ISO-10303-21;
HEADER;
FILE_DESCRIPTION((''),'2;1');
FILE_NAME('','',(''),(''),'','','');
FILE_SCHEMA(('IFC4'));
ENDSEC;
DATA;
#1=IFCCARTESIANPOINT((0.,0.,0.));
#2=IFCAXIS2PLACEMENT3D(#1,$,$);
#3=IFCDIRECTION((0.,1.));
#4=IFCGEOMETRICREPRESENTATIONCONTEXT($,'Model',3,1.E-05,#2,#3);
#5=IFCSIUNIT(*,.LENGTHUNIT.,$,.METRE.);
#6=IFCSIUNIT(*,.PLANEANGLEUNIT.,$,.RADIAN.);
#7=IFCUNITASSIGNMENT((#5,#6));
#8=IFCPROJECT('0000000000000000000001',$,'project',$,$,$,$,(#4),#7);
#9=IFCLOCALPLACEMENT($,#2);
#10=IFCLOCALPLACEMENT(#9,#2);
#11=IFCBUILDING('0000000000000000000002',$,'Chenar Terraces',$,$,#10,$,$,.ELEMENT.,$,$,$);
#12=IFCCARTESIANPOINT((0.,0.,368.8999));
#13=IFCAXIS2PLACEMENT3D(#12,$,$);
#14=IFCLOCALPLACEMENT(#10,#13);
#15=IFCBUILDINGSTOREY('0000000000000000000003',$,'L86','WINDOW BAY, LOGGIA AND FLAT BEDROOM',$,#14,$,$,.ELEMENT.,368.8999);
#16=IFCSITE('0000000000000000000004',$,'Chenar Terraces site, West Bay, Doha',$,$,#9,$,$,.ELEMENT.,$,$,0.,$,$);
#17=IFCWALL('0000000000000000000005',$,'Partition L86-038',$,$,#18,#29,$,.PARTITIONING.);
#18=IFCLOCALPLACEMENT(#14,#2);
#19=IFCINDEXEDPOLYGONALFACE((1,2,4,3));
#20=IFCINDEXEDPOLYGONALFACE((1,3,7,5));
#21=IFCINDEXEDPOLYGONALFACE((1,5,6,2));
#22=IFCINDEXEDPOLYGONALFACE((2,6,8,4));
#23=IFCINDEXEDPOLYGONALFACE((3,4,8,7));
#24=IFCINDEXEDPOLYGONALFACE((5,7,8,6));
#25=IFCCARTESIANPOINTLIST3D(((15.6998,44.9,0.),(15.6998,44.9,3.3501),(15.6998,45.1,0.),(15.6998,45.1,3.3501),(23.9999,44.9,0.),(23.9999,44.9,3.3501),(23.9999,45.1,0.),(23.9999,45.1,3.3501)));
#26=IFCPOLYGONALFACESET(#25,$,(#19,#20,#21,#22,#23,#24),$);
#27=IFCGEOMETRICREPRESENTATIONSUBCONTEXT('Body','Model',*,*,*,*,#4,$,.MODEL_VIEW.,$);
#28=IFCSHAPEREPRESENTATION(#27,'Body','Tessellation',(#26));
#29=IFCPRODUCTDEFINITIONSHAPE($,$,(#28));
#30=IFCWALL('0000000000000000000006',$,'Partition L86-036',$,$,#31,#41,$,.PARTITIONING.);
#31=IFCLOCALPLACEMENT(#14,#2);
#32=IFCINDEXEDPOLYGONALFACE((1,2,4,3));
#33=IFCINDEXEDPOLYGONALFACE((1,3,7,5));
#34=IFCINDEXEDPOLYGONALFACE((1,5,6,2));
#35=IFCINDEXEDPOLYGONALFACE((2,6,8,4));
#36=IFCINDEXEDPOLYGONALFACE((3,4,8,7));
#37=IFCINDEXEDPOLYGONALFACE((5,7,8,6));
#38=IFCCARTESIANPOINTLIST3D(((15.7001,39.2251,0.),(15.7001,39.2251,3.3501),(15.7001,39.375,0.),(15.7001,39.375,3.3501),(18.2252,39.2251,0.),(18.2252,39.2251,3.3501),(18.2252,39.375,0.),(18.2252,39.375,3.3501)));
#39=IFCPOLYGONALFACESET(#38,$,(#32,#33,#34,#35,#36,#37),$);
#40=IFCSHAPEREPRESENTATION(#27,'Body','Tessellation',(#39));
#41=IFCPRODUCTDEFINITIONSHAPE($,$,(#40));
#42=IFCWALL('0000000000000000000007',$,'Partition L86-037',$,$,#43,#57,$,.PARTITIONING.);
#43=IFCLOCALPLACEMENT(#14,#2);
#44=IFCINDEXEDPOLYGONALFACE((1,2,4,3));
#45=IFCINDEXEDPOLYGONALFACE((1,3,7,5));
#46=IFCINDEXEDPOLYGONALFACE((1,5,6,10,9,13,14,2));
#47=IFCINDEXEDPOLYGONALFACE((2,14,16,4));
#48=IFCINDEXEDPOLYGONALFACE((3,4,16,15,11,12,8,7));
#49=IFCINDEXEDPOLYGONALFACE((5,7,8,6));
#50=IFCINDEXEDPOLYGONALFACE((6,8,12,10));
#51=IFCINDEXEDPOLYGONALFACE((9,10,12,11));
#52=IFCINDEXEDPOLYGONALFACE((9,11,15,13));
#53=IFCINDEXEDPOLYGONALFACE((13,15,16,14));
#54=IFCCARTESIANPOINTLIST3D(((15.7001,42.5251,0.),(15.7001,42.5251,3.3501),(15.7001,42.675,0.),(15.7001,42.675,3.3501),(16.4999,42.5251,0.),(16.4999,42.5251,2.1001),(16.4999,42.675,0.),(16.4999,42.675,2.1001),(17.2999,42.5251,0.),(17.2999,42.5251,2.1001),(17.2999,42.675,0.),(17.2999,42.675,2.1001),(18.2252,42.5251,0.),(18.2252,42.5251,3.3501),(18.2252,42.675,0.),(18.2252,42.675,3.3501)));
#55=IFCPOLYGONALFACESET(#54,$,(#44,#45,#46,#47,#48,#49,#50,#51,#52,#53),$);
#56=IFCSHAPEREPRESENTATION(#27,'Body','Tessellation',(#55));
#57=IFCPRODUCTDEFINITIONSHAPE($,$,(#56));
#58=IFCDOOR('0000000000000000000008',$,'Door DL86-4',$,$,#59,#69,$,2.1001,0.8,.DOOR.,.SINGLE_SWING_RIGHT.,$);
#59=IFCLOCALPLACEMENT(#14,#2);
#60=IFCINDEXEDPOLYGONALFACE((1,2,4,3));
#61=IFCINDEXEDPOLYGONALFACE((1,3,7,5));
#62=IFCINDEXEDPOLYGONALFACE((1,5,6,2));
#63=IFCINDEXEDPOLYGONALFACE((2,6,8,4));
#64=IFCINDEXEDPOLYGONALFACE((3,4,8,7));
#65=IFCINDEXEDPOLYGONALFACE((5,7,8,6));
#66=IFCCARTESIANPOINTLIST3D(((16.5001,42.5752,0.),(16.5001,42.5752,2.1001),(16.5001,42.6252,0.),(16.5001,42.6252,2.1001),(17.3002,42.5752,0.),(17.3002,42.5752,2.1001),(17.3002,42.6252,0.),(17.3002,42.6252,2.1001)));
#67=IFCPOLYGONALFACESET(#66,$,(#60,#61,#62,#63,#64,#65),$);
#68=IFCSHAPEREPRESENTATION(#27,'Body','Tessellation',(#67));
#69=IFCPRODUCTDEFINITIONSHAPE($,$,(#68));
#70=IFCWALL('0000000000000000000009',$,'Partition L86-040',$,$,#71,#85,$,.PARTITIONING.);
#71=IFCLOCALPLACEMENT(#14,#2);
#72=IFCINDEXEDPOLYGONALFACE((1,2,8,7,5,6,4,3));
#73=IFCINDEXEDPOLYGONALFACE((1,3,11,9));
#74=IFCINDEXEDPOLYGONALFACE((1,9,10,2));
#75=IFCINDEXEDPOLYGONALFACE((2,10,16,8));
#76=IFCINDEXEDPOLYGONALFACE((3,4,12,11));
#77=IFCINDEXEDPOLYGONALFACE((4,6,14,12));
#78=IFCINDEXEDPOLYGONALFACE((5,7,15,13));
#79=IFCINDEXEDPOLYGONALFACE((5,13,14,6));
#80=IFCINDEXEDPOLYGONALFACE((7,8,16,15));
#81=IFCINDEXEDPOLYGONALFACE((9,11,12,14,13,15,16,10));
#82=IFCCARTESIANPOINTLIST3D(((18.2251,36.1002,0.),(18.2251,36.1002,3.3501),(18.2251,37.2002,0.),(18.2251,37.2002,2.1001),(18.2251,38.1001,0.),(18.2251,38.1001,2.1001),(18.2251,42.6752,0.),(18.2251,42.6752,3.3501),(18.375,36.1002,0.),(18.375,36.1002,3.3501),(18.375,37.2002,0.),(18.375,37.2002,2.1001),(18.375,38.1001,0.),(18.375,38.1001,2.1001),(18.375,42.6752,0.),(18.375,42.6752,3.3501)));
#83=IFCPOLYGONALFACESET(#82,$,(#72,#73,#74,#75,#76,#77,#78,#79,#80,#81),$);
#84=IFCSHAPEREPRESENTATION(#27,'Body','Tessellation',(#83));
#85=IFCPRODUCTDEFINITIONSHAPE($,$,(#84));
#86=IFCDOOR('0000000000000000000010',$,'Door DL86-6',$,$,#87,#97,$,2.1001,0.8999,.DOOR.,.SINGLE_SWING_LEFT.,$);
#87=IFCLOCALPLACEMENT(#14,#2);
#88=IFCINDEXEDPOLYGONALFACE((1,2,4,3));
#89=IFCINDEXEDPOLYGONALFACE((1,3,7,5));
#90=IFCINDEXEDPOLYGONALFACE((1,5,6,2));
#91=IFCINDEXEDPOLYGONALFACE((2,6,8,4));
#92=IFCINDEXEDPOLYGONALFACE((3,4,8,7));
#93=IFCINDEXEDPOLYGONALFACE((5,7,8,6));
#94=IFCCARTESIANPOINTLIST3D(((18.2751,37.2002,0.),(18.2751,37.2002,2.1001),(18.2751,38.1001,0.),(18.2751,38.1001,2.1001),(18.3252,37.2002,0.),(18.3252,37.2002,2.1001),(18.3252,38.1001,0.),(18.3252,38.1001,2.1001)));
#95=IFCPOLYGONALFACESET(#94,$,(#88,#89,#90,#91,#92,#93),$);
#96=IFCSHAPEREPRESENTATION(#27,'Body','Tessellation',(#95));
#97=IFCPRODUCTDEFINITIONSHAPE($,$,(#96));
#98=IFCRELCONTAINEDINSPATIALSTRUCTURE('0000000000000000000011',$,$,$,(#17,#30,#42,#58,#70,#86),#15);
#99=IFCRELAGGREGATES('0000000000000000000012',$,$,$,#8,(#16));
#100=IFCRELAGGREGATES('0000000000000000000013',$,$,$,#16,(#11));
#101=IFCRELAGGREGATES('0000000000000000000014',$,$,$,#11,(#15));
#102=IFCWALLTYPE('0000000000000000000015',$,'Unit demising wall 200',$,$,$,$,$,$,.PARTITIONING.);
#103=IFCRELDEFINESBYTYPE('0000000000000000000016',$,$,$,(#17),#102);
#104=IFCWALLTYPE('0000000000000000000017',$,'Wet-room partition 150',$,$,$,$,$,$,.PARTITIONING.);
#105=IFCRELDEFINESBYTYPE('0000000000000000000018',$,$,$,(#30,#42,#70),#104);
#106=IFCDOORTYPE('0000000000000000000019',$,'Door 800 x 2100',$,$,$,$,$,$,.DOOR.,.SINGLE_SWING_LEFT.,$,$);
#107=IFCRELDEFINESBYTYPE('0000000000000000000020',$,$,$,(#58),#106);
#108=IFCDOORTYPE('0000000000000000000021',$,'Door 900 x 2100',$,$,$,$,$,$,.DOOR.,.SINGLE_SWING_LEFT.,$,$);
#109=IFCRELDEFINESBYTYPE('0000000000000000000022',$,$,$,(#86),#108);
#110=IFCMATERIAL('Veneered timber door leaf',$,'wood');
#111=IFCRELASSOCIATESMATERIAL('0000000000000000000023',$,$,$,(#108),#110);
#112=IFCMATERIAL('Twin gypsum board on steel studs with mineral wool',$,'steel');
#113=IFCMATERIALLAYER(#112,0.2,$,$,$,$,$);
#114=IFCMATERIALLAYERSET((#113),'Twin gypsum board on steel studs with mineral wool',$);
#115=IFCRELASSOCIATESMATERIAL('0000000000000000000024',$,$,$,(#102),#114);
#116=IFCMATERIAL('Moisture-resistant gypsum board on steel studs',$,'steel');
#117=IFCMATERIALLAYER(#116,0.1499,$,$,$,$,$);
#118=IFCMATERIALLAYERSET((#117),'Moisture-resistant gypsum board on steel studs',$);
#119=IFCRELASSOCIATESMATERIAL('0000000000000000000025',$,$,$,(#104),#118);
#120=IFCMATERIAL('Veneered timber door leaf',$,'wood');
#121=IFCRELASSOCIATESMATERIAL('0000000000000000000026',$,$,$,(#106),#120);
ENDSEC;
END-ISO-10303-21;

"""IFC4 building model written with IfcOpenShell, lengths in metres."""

from ifc_helpers import new_model, si_unit, direction, frame, frame_2d, origin, place, context, subcontext, project, spatial, rectangle, extrude, material, layer, layer_set, type_object, element, fill, save


model = new_model("IFC4")

# Units and contexts
model_context = context("Model", 3, precision=1e-05, world=origin(), true_north=direction((0.0, 1.0)))
body_context = subcontext(model_context, "Body", "Model", "MODEL_VIEW")
ifc_project = project(units=[si_unit("LENGTHUNIT", "METRE"), si_unit("PLANEANGLEUNIT", "RADIAN")], contexts=[model_context])

# Site, building, storey
site_placement = place(None, origin())
site = spatial("IfcSite", under=ifc_project, at=site_placement, Name="Chenar Terraces site, West Bay, Doha", CompositionType="ELEMENT", RefElevation=0.0)
building_placement = place(site_placement, origin())
building = spatial("IfcBuilding", under=site, at=building_placement, Name="Chenar Terraces", CompositionType="ELEMENT")
storey_placement = place(building_placement, frame((0.0, 0.0, 368.8999)))
storey = spatial("IfcBuildingStorey", under=building, at=storey_placement, Name="L86", Description="WINDOW BAY, LOGGIA AND FLAT BEDROOM", CompositionType="ELEMENT", Elevation=368.8999)

# Shared definitions
ifc_material_1 = material(Name="Veneered timber door leaf", Category="wood")
door_type_1 = type_object("IfcDoorType", Name="Door 900 x 2100", OperationType="SINGLE_SWING_LEFT", PredefinedType="DOOR", material=ifc_material_1)

# Walls
ifc_material_2 = material(Name="Twin gypsum board on steel studs with mineral wool", Category="steel")
ifc_layer_1 = layer(ifc_material_2, 0.2)
ifc_layer_set_1 = layer_set([ifc_layer_1], Name="Twin gypsum board on steel studs with mineral wool")
wall_type_1 = type_object("IfcWallType", Name="Unit demising wall 200", PredefinedType="PARTITIONING", material=ifc_layer_set_1)
for number, where, z_axis, x_axis, name in (
    (1, (15.7, 45.0, 0.0), (0.0, 0.0, 1.0), (1.0, 0.0, 0.0), "Partition L86-038"),
):
    element("IfcWall", number, at=place(storey_placement, frame(where, z_axis=z_axis, x_axis=x_axis)), inside=storey, type_object=wall_type_1, Name=name, PredefinedType="PARTITIONING", context=body_context, shape_type="SweptSolid", body=[
        extrude(rectangle(XDim=8.3, YDim=0.2, at=frame_2d((4.1499, 0.0))), origin(), (0.0, 0.0, 1.0), 3.3501),
    ])
ifc_material_3 = material(Name="Moisture-resistant gypsum board on steel studs", Category="steel")
ifc_layer_2 = layer(ifc_material_3, 0.1499)
ifc_layer_set_2 = layer_set([ifc_layer_2], Name="Moisture-resistant gypsum board on steel studs")
wall_type_2 = type_object("IfcWallType", Name="Wet-room partition 150", PredefinedType="PARTITIONING", material=ifc_layer_set_2)
wall_1_placement = place(storey_placement, frame((15.7, 39.3, 0.0), z_axis=(0.0, 0.0, 1.0), x_axis=(1.0, 0.0, 0.0)))
element("IfcWall", 2, at=wall_1_placement, inside=storey, type_object=wall_type_2, Name="Partition L86-036", PredefinedType="PARTITIONING", context=body_context, shape_type="SweptSolid", body=[
    extrude(rectangle(XDim=2.5251, YDim=0.1499, at=frame_2d((1.2627, 0.0))), origin(), (0.0, 0.0, 1.0), 3.3501),
])

# Walls, openings, doors
wall_2_placement = place(storey_placement, frame((15.7, 42.6001, 0.0), z_axis=(0.0, 0.0, 1.0), x_axis=(1.0, 0.0, 0.0)))
wall_2 = element("IfcWall", 3, at=wall_2_placement, inside=storey, type_object=wall_type_2, Name="Partition L86-037", PredefinedType="PARTITIONING", context=body_context, shape_type="SweptSolid", body=[
    extrude(rectangle(XDim=2.5251, YDim=0.1499, at=frame_2d((1.2627, 0.0))), origin(), (0.0, 0.0, 1.0), 3.3501),
])
opening_1_placement = place(wall_2_placement, frame((0.8, 0.0, 0.0)))
opening_1 = element("IfcOpeningElement", 4, at=opening_1_placement, cuts=wall_2, PredefinedType="OPENING", context=body_context, shape_type="SweptSolid", body=[
    extrude(rectangle(XDim=0.8, YDim=2.1001, at=frame_2d((0.3999, 1.05))), frame((0.0, 0.085, 0.0), z_axis=(0.0, -1.0, 0.0), x_axis=(1.0, 0.0, 0.0)), (0.0, 0.0, 1.0), 0.1699),
])
ifc_material_4 = material(Name="Veneered timber door leaf", Category="wood")
door_type_2 = type_object("IfcDoorType", Name="Door 800 x 2100", OperationType="SINGLE_SWING_LEFT", PredefinedType="DOOR", material=ifc_material_4)
door_1_placement = place(opening_1_placement, frame((0.8, 0.0, 0.0), z_axis=(0.0, 0.0, 1.0), x_axis=(-1.0, 0.0, 0.0)))
door_1 = element("IfcDoor", 5, at=door_1_placement, inside=storey, type_object=door_type_2, Name="Door DL86-4", OperationType="SINGLE_SWING_RIGHT", OverallHeight=2.1001, OverallWidth=0.8, PredefinedType="DOOR", context=body_context, shape_type="SweptSolid", body=[
    extrude(rectangle(XDim=0.8, YDim=2.1001, at=frame_2d((0.3999, 1.05))), frame((0.0, 0.0249, 0.0), z_axis=(0.0, -1.0, 0.0), x_axis=(1.0, 0.0, 0.0)), (0.0, 0.0, 1.0), 0.05),
])
fill(opening_1, door_1)
wall_3_placement = place(storey_placement, frame((18.3, 36.1001, 0.0), z_axis=(0.0, 0.0, 1.0), x_axis=(0.0, 1.0, 0.0)))
wall_3 = element("IfcWall", 6, at=wall_3_placement, inside=storey, type_object=wall_type_2, Name="Partition L86-040", PredefinedType="PARTITIONING", context=body_context, shape_type="SweptSolid", body=[
    extrude(rectangle(XDim=6.575, YDim=0.1499, at=frame_2d((3.2876, 0.0))), origin(), (0.0, 0.0, 1.0), 3.3501),
])
opening_2_placement = place(wall_3_placement, frame((1.1001, 0.0, 0.0)))
opening_2 = element("IfcOpeningElement", 7, at=opening_2_placement, cuts=wall_3, PredefinedType="OPENING", context=body_context, shape_type="SweptSolid", body=[
    extrude(rectangle(XDim=0.8999, YDim=2.1001, at=frame_2d((0.45, 1.05))), frame((0.0, 0.085, 0.0), z_axis=(0.0, -1.0, 0.0), x_axis=(1.0, 0.0, 0.0)), (0.0, 0.0, 1.0), 0.1699),
])
door_2_placement = place(opening_2_placement, origin())
door_2 = element("IfcDoor", 8, at=door_2_placement, inside=storey, type_object=door_type_1, Name="Door DL86-6", OperationType="SINGLE_SWING_LEFT", OverallHeight=2.1001, OverallWidth=0.8999, PredefinedType="DOOR", context=body_context, shape_type="SweptSolid", body=[
    extrude(rectangle(XDim=0.8999, YDim=2.1001, at=frame_2d((0.45, 1.05))), frame((0.0, 0.0249, 0.0), z_axis=(0.0, -1.0, 0.0), x_axis=(1.0, 0.0, 0.0)), (0.0, 0.0, 1.0), 0.05),
])
fill(opening_2, door_2)

save(model, "model.ifc")
